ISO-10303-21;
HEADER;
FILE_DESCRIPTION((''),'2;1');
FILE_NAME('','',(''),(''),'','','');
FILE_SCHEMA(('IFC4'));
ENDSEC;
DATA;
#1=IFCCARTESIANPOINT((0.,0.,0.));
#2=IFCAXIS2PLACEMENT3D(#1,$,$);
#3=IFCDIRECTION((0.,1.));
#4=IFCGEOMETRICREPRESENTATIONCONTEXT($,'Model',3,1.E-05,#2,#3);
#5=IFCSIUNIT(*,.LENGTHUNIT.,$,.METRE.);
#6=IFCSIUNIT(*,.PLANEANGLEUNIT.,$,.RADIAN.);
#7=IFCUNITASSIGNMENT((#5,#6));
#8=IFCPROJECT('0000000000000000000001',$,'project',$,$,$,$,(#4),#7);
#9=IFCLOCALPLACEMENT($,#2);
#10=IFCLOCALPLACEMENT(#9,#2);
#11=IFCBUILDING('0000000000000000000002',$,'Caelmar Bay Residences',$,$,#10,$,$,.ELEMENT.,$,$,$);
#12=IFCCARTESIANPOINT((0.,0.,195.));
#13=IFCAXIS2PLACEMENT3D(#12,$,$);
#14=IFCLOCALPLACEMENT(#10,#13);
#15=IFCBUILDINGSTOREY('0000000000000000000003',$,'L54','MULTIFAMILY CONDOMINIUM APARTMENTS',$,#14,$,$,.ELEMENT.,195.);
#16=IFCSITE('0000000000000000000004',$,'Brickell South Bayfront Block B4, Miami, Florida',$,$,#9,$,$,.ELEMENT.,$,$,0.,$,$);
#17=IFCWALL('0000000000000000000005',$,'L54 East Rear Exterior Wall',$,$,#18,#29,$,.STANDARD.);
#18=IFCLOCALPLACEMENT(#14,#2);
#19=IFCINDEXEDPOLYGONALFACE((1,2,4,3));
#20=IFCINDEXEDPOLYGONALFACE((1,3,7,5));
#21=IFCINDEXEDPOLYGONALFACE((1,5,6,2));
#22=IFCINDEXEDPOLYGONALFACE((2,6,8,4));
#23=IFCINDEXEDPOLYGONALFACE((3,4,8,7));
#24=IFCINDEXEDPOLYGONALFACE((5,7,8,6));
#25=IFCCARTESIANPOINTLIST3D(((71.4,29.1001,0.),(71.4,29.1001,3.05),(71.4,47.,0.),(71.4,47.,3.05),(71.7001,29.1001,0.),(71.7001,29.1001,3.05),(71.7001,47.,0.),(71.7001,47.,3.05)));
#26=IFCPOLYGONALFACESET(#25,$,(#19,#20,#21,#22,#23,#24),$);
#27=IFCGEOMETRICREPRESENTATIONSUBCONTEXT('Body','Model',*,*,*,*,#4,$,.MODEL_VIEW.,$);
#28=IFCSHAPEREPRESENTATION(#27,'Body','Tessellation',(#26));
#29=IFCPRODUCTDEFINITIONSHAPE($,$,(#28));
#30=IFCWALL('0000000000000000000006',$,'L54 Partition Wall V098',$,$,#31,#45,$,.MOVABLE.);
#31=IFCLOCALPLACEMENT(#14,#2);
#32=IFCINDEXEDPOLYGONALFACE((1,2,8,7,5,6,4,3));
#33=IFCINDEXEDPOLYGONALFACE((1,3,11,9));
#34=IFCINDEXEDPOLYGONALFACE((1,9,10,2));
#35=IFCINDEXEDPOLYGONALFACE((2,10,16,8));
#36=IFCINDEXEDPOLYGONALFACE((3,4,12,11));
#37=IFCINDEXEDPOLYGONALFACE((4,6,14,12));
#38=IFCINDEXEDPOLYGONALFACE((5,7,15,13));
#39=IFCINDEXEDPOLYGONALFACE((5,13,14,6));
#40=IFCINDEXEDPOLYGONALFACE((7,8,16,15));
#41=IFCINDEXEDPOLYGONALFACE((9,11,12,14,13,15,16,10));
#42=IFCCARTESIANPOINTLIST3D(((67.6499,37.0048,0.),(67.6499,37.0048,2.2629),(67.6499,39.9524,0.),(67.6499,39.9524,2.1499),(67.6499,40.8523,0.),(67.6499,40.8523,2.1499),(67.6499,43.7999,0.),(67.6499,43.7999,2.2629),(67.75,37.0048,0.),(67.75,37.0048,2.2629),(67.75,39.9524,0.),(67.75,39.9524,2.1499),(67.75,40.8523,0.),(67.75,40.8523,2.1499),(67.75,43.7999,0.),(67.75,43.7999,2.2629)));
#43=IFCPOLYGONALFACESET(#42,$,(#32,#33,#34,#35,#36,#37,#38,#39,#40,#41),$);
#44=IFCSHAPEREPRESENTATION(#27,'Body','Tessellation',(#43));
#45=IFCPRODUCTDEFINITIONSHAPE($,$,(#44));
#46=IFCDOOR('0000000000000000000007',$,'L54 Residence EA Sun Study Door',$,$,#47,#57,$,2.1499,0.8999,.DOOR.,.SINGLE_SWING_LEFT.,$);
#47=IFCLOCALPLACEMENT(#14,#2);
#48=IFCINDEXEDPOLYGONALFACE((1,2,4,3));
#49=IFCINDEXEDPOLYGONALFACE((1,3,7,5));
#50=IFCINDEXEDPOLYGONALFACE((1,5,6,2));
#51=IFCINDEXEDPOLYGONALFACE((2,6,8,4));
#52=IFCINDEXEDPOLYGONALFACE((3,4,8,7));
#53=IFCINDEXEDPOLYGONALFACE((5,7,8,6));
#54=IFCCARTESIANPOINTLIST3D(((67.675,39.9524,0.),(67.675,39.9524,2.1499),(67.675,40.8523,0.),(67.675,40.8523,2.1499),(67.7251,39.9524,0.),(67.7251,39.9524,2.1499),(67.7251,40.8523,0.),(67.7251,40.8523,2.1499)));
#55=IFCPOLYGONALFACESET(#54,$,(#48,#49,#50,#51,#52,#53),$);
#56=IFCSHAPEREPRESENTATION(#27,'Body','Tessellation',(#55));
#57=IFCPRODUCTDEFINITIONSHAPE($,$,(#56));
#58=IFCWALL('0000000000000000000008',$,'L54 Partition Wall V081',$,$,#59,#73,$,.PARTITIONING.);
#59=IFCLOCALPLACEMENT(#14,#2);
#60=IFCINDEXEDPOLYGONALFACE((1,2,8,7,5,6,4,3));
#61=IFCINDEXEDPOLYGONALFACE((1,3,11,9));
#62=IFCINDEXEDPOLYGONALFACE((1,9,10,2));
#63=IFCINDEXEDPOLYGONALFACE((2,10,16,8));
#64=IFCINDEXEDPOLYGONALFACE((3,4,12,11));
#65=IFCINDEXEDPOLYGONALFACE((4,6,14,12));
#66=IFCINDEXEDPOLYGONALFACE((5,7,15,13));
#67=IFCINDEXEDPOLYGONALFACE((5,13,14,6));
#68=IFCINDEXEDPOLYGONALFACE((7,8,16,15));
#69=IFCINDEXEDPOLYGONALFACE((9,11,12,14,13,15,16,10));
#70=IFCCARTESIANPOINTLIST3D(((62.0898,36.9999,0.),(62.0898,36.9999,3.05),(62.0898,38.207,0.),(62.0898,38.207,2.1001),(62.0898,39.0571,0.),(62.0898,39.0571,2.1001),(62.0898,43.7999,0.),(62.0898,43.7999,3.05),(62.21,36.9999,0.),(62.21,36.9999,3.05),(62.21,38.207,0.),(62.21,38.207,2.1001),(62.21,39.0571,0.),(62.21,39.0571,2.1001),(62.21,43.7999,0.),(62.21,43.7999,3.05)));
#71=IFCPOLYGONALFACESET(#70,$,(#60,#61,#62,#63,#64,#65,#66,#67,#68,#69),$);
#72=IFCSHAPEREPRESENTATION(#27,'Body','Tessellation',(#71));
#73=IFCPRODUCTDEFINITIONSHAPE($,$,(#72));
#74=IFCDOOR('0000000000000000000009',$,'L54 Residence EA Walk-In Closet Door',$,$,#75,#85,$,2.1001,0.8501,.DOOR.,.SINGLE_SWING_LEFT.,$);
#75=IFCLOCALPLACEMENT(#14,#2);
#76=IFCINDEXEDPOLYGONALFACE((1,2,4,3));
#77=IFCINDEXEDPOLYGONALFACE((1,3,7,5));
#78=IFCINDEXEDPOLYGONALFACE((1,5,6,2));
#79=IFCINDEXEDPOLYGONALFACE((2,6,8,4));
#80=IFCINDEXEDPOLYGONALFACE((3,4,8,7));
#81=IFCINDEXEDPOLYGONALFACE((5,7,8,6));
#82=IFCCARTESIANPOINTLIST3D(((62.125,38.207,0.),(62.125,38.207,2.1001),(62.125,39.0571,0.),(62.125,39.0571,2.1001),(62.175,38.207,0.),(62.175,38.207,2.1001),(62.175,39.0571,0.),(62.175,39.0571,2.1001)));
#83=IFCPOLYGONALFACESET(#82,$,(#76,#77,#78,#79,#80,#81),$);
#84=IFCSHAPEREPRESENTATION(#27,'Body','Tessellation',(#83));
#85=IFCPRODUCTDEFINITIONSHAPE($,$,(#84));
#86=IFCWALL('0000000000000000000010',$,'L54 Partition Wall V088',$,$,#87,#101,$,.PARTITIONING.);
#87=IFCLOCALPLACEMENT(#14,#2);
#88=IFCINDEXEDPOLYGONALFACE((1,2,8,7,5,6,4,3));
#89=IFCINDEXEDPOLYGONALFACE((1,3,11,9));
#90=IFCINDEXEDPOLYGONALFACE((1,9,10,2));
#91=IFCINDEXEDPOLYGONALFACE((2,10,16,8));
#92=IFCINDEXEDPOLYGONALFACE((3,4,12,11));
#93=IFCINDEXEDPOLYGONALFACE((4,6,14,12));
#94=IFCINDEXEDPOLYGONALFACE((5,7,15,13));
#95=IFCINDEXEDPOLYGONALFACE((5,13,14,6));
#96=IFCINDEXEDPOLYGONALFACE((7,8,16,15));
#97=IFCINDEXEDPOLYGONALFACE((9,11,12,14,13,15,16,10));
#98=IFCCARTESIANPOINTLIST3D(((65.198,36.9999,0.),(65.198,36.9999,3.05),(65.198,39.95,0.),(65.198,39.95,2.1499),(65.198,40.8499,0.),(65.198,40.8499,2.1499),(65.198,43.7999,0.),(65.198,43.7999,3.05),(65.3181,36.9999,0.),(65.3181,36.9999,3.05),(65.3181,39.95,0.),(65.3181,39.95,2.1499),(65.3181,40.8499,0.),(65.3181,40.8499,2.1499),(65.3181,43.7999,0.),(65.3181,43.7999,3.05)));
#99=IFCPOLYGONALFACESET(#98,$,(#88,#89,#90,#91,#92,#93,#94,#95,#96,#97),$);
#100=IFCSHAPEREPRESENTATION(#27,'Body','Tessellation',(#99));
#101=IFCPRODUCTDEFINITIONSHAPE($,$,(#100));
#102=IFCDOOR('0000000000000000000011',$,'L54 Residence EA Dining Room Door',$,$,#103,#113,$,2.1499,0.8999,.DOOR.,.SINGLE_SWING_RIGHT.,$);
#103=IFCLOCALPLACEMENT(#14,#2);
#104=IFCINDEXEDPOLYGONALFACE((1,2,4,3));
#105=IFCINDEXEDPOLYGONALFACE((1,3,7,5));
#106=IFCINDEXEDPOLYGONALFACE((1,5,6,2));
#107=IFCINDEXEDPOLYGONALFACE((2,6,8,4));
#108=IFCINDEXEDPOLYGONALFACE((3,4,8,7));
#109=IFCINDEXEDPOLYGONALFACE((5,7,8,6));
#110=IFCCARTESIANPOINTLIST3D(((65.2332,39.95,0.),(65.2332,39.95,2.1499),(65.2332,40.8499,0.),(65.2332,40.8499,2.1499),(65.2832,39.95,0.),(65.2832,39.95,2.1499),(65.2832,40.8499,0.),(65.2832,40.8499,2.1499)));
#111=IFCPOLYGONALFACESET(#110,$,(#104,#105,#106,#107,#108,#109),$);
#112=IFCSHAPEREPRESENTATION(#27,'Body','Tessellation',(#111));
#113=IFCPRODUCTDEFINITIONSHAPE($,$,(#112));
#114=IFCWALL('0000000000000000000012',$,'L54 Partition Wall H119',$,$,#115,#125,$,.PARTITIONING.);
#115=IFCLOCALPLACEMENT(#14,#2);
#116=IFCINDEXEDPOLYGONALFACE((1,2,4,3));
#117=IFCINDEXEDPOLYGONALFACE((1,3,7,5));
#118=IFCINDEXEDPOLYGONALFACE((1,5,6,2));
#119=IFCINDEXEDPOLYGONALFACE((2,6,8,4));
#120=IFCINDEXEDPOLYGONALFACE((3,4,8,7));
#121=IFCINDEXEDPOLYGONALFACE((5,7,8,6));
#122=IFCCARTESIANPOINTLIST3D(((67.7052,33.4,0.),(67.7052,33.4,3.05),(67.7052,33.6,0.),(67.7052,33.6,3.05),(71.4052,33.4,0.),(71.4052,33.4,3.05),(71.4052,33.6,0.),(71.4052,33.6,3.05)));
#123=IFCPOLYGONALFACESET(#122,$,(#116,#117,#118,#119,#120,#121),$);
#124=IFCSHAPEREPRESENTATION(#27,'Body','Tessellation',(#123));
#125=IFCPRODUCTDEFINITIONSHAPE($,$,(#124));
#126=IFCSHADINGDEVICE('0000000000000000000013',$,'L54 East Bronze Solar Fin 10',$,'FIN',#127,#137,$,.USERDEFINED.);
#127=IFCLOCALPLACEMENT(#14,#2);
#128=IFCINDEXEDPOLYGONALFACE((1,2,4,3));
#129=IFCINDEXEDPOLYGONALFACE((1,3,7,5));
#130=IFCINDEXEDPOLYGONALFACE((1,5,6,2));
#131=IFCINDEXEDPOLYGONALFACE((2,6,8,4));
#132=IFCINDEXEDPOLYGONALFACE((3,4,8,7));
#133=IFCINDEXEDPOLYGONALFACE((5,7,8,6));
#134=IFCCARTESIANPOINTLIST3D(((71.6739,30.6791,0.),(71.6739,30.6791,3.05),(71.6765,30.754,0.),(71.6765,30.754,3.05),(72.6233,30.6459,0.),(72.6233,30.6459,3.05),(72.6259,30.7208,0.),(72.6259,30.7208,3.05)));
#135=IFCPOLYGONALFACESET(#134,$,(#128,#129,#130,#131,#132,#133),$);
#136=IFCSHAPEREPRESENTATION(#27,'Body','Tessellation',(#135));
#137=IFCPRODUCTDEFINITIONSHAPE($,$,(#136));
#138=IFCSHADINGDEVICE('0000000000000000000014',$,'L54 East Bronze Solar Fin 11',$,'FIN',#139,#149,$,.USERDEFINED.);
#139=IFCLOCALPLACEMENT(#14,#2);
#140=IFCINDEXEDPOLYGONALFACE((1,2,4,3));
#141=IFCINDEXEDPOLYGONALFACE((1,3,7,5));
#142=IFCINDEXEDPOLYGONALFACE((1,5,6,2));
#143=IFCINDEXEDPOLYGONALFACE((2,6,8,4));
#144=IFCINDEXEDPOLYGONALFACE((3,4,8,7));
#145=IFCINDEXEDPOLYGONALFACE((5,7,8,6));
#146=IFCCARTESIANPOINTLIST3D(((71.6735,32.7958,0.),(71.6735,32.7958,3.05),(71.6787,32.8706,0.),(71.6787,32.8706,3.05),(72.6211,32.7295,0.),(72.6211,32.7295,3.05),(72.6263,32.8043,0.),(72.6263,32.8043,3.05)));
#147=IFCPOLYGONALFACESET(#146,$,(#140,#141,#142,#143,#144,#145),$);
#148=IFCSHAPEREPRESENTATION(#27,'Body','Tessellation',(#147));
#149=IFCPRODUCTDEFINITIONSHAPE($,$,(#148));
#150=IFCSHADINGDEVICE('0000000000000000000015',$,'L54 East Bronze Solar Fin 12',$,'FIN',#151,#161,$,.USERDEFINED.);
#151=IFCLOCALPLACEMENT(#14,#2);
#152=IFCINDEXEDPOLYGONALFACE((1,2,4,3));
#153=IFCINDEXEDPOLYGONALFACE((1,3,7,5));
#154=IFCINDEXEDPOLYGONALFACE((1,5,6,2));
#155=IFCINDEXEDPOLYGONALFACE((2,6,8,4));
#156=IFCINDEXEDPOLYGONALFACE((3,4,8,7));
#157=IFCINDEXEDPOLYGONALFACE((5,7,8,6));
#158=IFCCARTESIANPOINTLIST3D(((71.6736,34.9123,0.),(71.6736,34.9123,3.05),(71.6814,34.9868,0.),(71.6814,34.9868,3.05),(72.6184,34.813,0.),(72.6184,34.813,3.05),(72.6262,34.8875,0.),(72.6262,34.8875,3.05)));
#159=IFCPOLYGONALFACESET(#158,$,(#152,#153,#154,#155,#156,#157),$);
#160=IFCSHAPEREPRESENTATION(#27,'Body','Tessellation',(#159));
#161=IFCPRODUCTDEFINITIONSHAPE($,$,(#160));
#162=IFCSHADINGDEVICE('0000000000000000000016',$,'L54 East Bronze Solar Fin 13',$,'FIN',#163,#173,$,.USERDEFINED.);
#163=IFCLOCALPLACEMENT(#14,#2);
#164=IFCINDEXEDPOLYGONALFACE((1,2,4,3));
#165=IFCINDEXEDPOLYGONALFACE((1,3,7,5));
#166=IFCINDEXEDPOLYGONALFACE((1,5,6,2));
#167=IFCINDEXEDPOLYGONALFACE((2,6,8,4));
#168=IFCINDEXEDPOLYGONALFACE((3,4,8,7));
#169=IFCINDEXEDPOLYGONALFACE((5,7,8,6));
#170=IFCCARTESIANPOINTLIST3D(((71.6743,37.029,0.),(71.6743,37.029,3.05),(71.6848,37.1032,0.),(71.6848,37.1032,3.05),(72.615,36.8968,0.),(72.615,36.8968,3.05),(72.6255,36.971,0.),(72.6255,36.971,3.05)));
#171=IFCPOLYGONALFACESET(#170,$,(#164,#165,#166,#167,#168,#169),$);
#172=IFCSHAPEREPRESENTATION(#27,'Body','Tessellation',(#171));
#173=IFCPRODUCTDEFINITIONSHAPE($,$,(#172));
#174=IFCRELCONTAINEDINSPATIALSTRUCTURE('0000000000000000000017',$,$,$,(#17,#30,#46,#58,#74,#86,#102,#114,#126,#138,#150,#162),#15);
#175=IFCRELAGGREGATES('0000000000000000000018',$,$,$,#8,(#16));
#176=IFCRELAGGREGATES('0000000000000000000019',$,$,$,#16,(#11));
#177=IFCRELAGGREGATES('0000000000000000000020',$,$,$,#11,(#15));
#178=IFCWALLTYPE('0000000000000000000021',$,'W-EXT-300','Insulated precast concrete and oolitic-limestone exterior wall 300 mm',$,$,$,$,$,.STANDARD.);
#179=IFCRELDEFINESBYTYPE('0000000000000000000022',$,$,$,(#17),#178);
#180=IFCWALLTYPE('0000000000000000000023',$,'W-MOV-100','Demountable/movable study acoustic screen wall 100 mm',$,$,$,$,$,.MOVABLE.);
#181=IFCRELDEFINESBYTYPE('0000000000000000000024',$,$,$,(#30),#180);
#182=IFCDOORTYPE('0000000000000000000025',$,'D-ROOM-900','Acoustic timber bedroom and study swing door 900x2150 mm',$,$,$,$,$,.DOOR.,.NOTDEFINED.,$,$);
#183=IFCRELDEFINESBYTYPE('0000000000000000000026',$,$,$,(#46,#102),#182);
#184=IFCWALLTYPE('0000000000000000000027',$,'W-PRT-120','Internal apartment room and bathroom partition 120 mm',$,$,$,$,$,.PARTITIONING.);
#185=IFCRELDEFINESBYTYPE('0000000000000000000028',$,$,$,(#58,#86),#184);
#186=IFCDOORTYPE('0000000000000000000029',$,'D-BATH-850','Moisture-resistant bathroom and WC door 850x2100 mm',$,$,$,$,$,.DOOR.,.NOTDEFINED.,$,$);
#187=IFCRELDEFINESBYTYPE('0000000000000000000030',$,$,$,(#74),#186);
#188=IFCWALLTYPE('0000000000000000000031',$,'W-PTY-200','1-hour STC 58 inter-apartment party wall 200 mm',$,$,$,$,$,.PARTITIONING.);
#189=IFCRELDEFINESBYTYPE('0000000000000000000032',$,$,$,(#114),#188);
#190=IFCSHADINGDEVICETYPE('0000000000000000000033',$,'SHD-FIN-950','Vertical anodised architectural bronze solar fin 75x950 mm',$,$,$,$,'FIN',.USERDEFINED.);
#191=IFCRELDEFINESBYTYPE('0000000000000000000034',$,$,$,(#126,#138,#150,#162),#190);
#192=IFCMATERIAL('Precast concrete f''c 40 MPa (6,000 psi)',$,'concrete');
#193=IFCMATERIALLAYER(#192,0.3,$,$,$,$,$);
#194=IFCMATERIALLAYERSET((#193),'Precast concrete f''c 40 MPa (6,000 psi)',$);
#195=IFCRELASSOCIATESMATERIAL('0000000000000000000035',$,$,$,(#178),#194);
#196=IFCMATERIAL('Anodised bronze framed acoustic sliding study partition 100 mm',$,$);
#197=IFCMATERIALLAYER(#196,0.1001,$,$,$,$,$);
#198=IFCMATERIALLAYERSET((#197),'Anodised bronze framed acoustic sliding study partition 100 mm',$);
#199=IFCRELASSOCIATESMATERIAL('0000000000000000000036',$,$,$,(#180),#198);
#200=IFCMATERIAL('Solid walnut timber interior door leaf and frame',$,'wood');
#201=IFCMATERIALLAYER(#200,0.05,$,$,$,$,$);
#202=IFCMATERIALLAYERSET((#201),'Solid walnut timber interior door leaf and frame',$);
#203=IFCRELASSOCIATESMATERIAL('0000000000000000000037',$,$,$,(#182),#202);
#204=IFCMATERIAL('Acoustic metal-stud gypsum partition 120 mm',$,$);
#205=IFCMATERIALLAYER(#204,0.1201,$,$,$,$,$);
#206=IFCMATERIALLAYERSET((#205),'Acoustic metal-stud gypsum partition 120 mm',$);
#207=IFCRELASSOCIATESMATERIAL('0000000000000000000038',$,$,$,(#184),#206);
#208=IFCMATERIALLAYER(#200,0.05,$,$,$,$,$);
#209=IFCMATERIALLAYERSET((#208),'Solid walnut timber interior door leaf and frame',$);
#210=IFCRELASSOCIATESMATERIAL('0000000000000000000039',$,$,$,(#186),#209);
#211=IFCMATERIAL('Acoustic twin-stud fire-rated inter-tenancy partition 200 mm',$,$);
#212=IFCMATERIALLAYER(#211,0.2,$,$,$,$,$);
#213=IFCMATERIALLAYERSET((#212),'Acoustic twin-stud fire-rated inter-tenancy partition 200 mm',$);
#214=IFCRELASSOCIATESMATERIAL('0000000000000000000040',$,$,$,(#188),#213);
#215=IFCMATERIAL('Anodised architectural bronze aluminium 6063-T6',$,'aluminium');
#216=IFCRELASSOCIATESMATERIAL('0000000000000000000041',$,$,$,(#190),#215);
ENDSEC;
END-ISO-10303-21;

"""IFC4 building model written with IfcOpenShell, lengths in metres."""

from ifc_helpers import new_model, si_unit, direction, frame, frame_2d, origin, origin_2d, place, context, subcontext, project, spatial, rectangle, extrude, material, layer, layer_set, material_profile, profile_set, type_object, element, fill, save


model = new_model("IFC4")

# Units and contexts
model_context = context("Model", 3, precision=1e-05, world=origin(), true_north=direction((0.0, 1.0)))
body_context = subcontext(model_context, "Body", "Model", "MODEL_VIEW")
ifc_project = project(units=[si_unit("LENGTHUNIT", "METRE"), si_unit("PLANEANGLEUNIT", "RADIAN")], contexts=[model_context])

# Site, building, storey
site_placement = place(None, origin())
site = spatial("IfcSite", under=ifc_project, at=site_placement, Name="Brickell South Bayfront Block B4, Miami, Florida", CompositionType="ELEMENT", RefElevation=0.0)
building_placement = place(site_placement, origin())
building = spatial("IfcBuilding", under=site, at=building_placement, Name="Caelmar Bay Residences", CompositionType="ELEMENT")
storey_placement = place(building_placement, frame((0.0, 0.0, 195.0)))
storey = spatial("IfcBuildingStorey", under=building, at=storey_placement, Name="L54", Description="MULTIFAMILY CONDOMINIUM APARTMENTS", CompositionType="ELEMENT", Elevation=195.0)

# Wall
ifc_material_1 = material(Name="Precast concrete f'c 40 MPa (6,000 psi)", Category="concrete")
ifc_layer_1 = layer(ifc_material_1, 0.3)
ifc_layer_set_1 = layer_set([ifc_layer_1], Name="Precast concrete f'c 40 MPa (6,000 psi)")
wall_type_1 = type_object("IfcWallType", Name="W-EXT-300", Description="Insulated precast concrete and oolitic-limestone exterior wall 300 mm", PredefinedType="STANDARD", material=ifc_layer_set_1)
wall_1_placement = place(storey_placement, frame((71.55, 47.0, 0.0), z_axis=(0.0, 0.0, 1.0), x_axis=(0.0, -1.0, 0.0)))
element("IfcWall", 1, at=wall_1_placement, inside=storey, type_object=wall_type_1, Name="L54 East Rear Exterior Wall", PredefinedType="STANDARD", context=body_context, shape_type="SweptSolid", body=[
    extrude(rectangle(XDim=17.8999, YDim=0.3, at=frame_2d((8.95, 0.0))), origin(), (0.0, 0.0, 1.0), 3.05),
])

# Walls, openings, doors
ifc_material_2 = material(Name="Anodised bronze framed acoustic sliding study partition 100 mm")
ifc_layer_2 = layer(ifc_material_2, 0.1001)
ifc_layer_set_2 = layer_set([ifc_layer_2], Name="Anodised bronze framed acoustic sliding study partition 100 mm")
wall_type_2 = type_object("IfcWallType", Name="W-MOV-100", Description="Demountable/movable study acoustic screen wall 100 mm", PredefinedType="MOVABLE", material=ifc_layer_set_2)
wall_2_placement = place(storey_placement, frame((67.7, 37.0049, 0.0), z_axis=(0.0, 0.0, 1.0), x_axis=(0.0, 1.0, 0.0)))
wall_2 = element("IfcWall", 2, at=wall_2_placement, inside=storey, type_object=wall_type_2, Name="L54 Partition Wall V098", PredefinedType="MOVABLE", context=body_context, shape_type="SweptSolid", body=[
    extrude(rectangle(XDim=6.7952, YDim=0.1001, at=frame_2d((3.3975, 0.0))), origin(), (0.0, 0.0, 1.0), 2.2629),
])
opening_1_placement = place(wall_2_placement, frame((2.9475, 0.0, 0.0)))
opening_1 = element("IfcOpeningElement", 3, at=opening_1_placement, cuts=wall_2, PredefinedType="OPENING", context=body_context, shape_type="SweptSolid", body=[
    extrude(rectangle(XDim=0.8999, YDim=2.1499, at=frame_2d((0.45, 1.075))), frame((0.0, 0.0601, 0.0), z_axis=(0.0, -1.0, 0.0), x_axis=(1.0, 0.0, 0.0)), (0.0, 0.0, 1.0), 0.1201),
])
ifc_material_3 = material(Name="Solid walnut timber interior door leaf and frame", Category="wood")
ifc_layer_3 = layer(ifc_material_3, 0.05)
ifc_layer_set_3 = layer_set([ifc_layer_3], Name="Solid walnut timber interior door leaf and frame")
door_type_1 = type_object("IfcDoorType", Name="D-ROOM-900", Description="Acoustic timber bedroom and study swing door 900x2150 mm", OperationType="NOTDEFINED", PredefinedType="DOOR", material=ifc_layer_set_3)
door_1_placement = place(opening_1_placement, origin())
door_1 = element("IfcDoor", 4, at=door_1_placement, inside=storey, type_object=door_type_1, Name="L54 Residence EA Sun Study Door", OperationType="SINGLE_SWING_LEFT", OverallHeight=2.1499, OverallWidth=0.8999, PredefinedType="DOOR", context=body_context, shape_type="SweptSolid", body=[
    extrude(rectangle(XDim=0.8999, YDim=2.1499, at=frame_2d((0.45, 1.075))), frame((0.0, 0.0249, 0.0), z_axis=(0.0, -1.0, 0.0), x_axis=(1.0, 0.0, 0.0)), (0.0, 0.0, 1.0), 0.05),
])
fill(opening_1, door_1)
ifc_material_4 = material(Name="Acoustic metal-stud gypsum partition 120 mm")
ifc_layer_4 = layer(ifc_material_4, 0.1201)
ifc_layer_set_4 = layer_set([ifc_layer_4], Name="Acoustic metal-stud gypsum partition 120 mm")
wall_type_3 = type_object("IfcWallType", Name="W-PRT-120", Description="Internal apartment room and bathroom partition 120 mm", PredefinedType="PARTITIONING", material=ifc_layer_set_4)
wall_3_placement = place(storey_placement, frame((62.1499, 37.0, 0.0), z_axis=(0.0, 0.0, 1.0), x_axis=(0.0, 1.0, 0.0)))
wall_3 = element("IfcWall", 5, at=wall_3_placement, inside=storey, type_object=wall_type_3, Name="L54 Partition Wall V081", PredefinedType="PARTITIONING", context=body_context, shape_type="SweptSolid", body=[
    extrude(rectangle(XDim=6.8, YDim=0.1201, at=frame_2d((3.3999, 0.0))), origin(), (0.0, 0.0, 1.0), 3.05),
])
opening_2_placement = place(wall_3_placement, frame((1.207, 0.0, 0.0)))
opening_2 = element("IfcOpeningElement", 6, at=opening_2_placement, cuts=wall_3, PredefinedType="OPENING", context=body_context, shape_type="SweptSolid", body=[
    extrude(rectangle(XDim=0.8501, YDim=2.1001, at=frame_2d((0.425, 1.05))), frame((0.0, 0.0701, 0.0), z_axis=(0.0, -1.0, 0.0), x_axis=(1.0, 0.0, 0.0)), (0.0, 0.0, 1.0), 0.1401),
])
ifc_layer_5 = layer(ifc_material_3, 0.05)
ifc_layer_set_5 = layer_set([ifc_layer_5], Name="Solid walnut timber interior door leaf and frame")
door_type_2 = type_object("IfcDoorType", Name="D-BATH-850", Description="Moisture-resistant bathroom and WC door 850x2100 mm", OperationType="NOTDEFINED", PredefinedType="DOOR", material=ifc_layer_set_5)
door_2_placement = place(opening_2_placement, origin())
door_2 = element("IfcDoor", 7, at=door_2_placement, inside=storey, type_object=door_type_2, Name="L54 Residence EA Walk-In Closet Door", OperationType="SINGLE_SWING_LEFT", OverallHeight=2.1001, OverallWidth=0.8501, PredefinedType="DOOR", context=body_context, shape_type="SweptSolid", body=[
    extrude(rectangle(XDim=0.8501, YDim=2.1001, at=frame_2d((0.425, 1.05))), frame((0.0, 0.0249, 0.0), z_axis=(0.0, -1.0, 0.0), x_axis=(1.0, 0.0, 0.0)), (0.0, 0.0, 1.0), 0.05),
])
fill(opening_2, door_2)
wall_4_placement = place(storey_placement, frame((65.2581, 37.0, 0.0), z_axis=(0.0, 0.0, 1.0), x_axis=(0.0, 1.0, 0.0)))
wall_4 = element("IfcWall", 8, at=wall_4_placement, inside=storey, type_object=wall_type_3, Name="L54 Partition Wall V088", PredefinedType="PARTITIONING", context=body_context, shape_type="SweptSolid", body=[
    extrude(rectangle(XDim=6.8, YDim=0.1201, at=frame_2d((3.3999, 0.0))), origin(), (0.0, 0.0, 1.0), 3.05),
])
opening_3_placement = place(wall_4_placement, frame((2.95, 0.0, 0.0)))
opening_3 = element("IfcOpeningElement", 9, at=opening_3_placement, cuts=wall_4, PredefinedType="OPENING", context=body_context, shape_type="SweptSolid", body=[
    extrude(rectangle(XDim=0.8999, YDim=2.1499, at=frame_2d((0.45, 1.075))), frame((0.0, 0.0701, 0.0), z_axis=(0.0, -1.0, 0.0), x_axis=(1.0, 0.0, 0.0)), (0.0, 0.0, 1.0), 0.1401),
])
door_3_placement = place(opening_3_placement, origin())
door_3 = element("IfcDoor", 10, at=door_3_placement, inside=storey, type_object=door_type_1, Name="L54 Residence EA Dining Room Door", OperationType="SINGLE_SWING_RIGHT", OverallHeight=2.1499, OverallWidth=0.8999, PredefinedType="DOOR", context=body_context, shape_type="SweptSolid", body=[
    extrude(rectangle(XDim=0.8999, YDim=2.1499, at=frame_2d((0.45, 1.075))), frame((0.0, 0.0249, 0.0), z_axis=(0.0, -1.0, 0.0), x_axis=(1.0, 0.0, 0.0)), (0.0, 0.0, 1.0), 0.05),
])
fill(opening_3, door_3)

# Wall
ifc_material_5 = material(Name="Acoustic twin-stud fire-rated inter-tenancy partition 200 mm")
ifc_layer_6 = layer(ifc_material_5, 0.2)
ifc_layer_set_6 = layer_set([ifc_layer_6], Name="Acoustic twin-stud fire-rated inter-tenancy partition 200 mm")
wall_type_4 = type_object("IfcWallType", Name="W-PTY-200", Description="1-hour STC 58 inter-apartment party wall 200 mm", PredefinedType="PARTITIONING", material=ifc_layer_set_6)
wall_5_placement = place(storey_placement, frame((67.7051, 33.5, 0.0), z_axis=(0.0, 0.0, 1.0), x_axis=(1.0, 0.0, 0.0)))
element("IfcWall", 11, at=wall_5_placement, inside=storey, type_object=wall_type_4, Name="L54 Partition Wall H119", PredefinedType="PARTITIONING", context=body_context, shape_type="SweptSolid", body=[
    extrude(rectangle(XDim=3.7, YDim=0.2, at=frame_2d((1.8501, 0.0))), origin(), (0.0, 0.0, 1.0), 3.05),
])

# Shading devices
ifc_material_6 = material(Name="Anodised architectural bronze aluminium 6063-T6", Category="aluminium")
ifc_material_profile_1 = material_profile(ifc_material_6, rectangle(XDim=0.075, YDim=0.95, at=origin_2d()), Name="BRONZE-FIN-75X950")
ifc_profile_set_1 = profile_set([ifc_material_profile_1], Name="Anodised architectural bronze aluminium 6063-T6")
shading_device_type = type_object("IfcShadingDeviceType", Name="SHD-FIN-950", Description="Vertical anodised architectural bronze solar fin 75x950 mm", ElementType="FIN", PredefinedType="USERDEFINED", material=ifc_profile_set_1)
for number, where, z_axis, x_axis, name in (
    (12, (72.1499, 30.7, 0.0), (0.0, 0.0, 1.0), (0.034899, 0.999391, 0.0), "L54 East Bronze Solar Fin 10"),
    (13, (72.1499, 32.8, 0.0), (0.0, 0.0, 1.0), (0.069756, 0.997564, 0.0), "L54 East Bronze Solar Fin 11"),
    (14, (72.1499, 34.8999, 0.0), (0.0, 0.0, 1.0), (0.104528, 0.994522, 0.0), "L54 East Bronze Solar Fin 12"),
    (15, (72.1499, 37.0, 0.0), (0.0, 0.0, 1.0), (0.139173, 0.990268, 0.0), "L54 East Bronze Solar Fin 13"),
):
    element("IfcShadingDevice", number, at=place(storey_placement, frame(where, z_axis=z_axis, x_axis=x_axis)), inside=storey, type_object=shading_device_type, Name=name, ObjectType="FIN", PredefinedType="USERDEFINED", context=body_context, shape_type="SweptSolid", body=[
        extrude(rectangle(XDim=0.075, YDim=0.95, at=origin_2d()), origin(), (0.0, 0.0, 1.0), 3.05),
    ])

save(model, "model.ifc")
